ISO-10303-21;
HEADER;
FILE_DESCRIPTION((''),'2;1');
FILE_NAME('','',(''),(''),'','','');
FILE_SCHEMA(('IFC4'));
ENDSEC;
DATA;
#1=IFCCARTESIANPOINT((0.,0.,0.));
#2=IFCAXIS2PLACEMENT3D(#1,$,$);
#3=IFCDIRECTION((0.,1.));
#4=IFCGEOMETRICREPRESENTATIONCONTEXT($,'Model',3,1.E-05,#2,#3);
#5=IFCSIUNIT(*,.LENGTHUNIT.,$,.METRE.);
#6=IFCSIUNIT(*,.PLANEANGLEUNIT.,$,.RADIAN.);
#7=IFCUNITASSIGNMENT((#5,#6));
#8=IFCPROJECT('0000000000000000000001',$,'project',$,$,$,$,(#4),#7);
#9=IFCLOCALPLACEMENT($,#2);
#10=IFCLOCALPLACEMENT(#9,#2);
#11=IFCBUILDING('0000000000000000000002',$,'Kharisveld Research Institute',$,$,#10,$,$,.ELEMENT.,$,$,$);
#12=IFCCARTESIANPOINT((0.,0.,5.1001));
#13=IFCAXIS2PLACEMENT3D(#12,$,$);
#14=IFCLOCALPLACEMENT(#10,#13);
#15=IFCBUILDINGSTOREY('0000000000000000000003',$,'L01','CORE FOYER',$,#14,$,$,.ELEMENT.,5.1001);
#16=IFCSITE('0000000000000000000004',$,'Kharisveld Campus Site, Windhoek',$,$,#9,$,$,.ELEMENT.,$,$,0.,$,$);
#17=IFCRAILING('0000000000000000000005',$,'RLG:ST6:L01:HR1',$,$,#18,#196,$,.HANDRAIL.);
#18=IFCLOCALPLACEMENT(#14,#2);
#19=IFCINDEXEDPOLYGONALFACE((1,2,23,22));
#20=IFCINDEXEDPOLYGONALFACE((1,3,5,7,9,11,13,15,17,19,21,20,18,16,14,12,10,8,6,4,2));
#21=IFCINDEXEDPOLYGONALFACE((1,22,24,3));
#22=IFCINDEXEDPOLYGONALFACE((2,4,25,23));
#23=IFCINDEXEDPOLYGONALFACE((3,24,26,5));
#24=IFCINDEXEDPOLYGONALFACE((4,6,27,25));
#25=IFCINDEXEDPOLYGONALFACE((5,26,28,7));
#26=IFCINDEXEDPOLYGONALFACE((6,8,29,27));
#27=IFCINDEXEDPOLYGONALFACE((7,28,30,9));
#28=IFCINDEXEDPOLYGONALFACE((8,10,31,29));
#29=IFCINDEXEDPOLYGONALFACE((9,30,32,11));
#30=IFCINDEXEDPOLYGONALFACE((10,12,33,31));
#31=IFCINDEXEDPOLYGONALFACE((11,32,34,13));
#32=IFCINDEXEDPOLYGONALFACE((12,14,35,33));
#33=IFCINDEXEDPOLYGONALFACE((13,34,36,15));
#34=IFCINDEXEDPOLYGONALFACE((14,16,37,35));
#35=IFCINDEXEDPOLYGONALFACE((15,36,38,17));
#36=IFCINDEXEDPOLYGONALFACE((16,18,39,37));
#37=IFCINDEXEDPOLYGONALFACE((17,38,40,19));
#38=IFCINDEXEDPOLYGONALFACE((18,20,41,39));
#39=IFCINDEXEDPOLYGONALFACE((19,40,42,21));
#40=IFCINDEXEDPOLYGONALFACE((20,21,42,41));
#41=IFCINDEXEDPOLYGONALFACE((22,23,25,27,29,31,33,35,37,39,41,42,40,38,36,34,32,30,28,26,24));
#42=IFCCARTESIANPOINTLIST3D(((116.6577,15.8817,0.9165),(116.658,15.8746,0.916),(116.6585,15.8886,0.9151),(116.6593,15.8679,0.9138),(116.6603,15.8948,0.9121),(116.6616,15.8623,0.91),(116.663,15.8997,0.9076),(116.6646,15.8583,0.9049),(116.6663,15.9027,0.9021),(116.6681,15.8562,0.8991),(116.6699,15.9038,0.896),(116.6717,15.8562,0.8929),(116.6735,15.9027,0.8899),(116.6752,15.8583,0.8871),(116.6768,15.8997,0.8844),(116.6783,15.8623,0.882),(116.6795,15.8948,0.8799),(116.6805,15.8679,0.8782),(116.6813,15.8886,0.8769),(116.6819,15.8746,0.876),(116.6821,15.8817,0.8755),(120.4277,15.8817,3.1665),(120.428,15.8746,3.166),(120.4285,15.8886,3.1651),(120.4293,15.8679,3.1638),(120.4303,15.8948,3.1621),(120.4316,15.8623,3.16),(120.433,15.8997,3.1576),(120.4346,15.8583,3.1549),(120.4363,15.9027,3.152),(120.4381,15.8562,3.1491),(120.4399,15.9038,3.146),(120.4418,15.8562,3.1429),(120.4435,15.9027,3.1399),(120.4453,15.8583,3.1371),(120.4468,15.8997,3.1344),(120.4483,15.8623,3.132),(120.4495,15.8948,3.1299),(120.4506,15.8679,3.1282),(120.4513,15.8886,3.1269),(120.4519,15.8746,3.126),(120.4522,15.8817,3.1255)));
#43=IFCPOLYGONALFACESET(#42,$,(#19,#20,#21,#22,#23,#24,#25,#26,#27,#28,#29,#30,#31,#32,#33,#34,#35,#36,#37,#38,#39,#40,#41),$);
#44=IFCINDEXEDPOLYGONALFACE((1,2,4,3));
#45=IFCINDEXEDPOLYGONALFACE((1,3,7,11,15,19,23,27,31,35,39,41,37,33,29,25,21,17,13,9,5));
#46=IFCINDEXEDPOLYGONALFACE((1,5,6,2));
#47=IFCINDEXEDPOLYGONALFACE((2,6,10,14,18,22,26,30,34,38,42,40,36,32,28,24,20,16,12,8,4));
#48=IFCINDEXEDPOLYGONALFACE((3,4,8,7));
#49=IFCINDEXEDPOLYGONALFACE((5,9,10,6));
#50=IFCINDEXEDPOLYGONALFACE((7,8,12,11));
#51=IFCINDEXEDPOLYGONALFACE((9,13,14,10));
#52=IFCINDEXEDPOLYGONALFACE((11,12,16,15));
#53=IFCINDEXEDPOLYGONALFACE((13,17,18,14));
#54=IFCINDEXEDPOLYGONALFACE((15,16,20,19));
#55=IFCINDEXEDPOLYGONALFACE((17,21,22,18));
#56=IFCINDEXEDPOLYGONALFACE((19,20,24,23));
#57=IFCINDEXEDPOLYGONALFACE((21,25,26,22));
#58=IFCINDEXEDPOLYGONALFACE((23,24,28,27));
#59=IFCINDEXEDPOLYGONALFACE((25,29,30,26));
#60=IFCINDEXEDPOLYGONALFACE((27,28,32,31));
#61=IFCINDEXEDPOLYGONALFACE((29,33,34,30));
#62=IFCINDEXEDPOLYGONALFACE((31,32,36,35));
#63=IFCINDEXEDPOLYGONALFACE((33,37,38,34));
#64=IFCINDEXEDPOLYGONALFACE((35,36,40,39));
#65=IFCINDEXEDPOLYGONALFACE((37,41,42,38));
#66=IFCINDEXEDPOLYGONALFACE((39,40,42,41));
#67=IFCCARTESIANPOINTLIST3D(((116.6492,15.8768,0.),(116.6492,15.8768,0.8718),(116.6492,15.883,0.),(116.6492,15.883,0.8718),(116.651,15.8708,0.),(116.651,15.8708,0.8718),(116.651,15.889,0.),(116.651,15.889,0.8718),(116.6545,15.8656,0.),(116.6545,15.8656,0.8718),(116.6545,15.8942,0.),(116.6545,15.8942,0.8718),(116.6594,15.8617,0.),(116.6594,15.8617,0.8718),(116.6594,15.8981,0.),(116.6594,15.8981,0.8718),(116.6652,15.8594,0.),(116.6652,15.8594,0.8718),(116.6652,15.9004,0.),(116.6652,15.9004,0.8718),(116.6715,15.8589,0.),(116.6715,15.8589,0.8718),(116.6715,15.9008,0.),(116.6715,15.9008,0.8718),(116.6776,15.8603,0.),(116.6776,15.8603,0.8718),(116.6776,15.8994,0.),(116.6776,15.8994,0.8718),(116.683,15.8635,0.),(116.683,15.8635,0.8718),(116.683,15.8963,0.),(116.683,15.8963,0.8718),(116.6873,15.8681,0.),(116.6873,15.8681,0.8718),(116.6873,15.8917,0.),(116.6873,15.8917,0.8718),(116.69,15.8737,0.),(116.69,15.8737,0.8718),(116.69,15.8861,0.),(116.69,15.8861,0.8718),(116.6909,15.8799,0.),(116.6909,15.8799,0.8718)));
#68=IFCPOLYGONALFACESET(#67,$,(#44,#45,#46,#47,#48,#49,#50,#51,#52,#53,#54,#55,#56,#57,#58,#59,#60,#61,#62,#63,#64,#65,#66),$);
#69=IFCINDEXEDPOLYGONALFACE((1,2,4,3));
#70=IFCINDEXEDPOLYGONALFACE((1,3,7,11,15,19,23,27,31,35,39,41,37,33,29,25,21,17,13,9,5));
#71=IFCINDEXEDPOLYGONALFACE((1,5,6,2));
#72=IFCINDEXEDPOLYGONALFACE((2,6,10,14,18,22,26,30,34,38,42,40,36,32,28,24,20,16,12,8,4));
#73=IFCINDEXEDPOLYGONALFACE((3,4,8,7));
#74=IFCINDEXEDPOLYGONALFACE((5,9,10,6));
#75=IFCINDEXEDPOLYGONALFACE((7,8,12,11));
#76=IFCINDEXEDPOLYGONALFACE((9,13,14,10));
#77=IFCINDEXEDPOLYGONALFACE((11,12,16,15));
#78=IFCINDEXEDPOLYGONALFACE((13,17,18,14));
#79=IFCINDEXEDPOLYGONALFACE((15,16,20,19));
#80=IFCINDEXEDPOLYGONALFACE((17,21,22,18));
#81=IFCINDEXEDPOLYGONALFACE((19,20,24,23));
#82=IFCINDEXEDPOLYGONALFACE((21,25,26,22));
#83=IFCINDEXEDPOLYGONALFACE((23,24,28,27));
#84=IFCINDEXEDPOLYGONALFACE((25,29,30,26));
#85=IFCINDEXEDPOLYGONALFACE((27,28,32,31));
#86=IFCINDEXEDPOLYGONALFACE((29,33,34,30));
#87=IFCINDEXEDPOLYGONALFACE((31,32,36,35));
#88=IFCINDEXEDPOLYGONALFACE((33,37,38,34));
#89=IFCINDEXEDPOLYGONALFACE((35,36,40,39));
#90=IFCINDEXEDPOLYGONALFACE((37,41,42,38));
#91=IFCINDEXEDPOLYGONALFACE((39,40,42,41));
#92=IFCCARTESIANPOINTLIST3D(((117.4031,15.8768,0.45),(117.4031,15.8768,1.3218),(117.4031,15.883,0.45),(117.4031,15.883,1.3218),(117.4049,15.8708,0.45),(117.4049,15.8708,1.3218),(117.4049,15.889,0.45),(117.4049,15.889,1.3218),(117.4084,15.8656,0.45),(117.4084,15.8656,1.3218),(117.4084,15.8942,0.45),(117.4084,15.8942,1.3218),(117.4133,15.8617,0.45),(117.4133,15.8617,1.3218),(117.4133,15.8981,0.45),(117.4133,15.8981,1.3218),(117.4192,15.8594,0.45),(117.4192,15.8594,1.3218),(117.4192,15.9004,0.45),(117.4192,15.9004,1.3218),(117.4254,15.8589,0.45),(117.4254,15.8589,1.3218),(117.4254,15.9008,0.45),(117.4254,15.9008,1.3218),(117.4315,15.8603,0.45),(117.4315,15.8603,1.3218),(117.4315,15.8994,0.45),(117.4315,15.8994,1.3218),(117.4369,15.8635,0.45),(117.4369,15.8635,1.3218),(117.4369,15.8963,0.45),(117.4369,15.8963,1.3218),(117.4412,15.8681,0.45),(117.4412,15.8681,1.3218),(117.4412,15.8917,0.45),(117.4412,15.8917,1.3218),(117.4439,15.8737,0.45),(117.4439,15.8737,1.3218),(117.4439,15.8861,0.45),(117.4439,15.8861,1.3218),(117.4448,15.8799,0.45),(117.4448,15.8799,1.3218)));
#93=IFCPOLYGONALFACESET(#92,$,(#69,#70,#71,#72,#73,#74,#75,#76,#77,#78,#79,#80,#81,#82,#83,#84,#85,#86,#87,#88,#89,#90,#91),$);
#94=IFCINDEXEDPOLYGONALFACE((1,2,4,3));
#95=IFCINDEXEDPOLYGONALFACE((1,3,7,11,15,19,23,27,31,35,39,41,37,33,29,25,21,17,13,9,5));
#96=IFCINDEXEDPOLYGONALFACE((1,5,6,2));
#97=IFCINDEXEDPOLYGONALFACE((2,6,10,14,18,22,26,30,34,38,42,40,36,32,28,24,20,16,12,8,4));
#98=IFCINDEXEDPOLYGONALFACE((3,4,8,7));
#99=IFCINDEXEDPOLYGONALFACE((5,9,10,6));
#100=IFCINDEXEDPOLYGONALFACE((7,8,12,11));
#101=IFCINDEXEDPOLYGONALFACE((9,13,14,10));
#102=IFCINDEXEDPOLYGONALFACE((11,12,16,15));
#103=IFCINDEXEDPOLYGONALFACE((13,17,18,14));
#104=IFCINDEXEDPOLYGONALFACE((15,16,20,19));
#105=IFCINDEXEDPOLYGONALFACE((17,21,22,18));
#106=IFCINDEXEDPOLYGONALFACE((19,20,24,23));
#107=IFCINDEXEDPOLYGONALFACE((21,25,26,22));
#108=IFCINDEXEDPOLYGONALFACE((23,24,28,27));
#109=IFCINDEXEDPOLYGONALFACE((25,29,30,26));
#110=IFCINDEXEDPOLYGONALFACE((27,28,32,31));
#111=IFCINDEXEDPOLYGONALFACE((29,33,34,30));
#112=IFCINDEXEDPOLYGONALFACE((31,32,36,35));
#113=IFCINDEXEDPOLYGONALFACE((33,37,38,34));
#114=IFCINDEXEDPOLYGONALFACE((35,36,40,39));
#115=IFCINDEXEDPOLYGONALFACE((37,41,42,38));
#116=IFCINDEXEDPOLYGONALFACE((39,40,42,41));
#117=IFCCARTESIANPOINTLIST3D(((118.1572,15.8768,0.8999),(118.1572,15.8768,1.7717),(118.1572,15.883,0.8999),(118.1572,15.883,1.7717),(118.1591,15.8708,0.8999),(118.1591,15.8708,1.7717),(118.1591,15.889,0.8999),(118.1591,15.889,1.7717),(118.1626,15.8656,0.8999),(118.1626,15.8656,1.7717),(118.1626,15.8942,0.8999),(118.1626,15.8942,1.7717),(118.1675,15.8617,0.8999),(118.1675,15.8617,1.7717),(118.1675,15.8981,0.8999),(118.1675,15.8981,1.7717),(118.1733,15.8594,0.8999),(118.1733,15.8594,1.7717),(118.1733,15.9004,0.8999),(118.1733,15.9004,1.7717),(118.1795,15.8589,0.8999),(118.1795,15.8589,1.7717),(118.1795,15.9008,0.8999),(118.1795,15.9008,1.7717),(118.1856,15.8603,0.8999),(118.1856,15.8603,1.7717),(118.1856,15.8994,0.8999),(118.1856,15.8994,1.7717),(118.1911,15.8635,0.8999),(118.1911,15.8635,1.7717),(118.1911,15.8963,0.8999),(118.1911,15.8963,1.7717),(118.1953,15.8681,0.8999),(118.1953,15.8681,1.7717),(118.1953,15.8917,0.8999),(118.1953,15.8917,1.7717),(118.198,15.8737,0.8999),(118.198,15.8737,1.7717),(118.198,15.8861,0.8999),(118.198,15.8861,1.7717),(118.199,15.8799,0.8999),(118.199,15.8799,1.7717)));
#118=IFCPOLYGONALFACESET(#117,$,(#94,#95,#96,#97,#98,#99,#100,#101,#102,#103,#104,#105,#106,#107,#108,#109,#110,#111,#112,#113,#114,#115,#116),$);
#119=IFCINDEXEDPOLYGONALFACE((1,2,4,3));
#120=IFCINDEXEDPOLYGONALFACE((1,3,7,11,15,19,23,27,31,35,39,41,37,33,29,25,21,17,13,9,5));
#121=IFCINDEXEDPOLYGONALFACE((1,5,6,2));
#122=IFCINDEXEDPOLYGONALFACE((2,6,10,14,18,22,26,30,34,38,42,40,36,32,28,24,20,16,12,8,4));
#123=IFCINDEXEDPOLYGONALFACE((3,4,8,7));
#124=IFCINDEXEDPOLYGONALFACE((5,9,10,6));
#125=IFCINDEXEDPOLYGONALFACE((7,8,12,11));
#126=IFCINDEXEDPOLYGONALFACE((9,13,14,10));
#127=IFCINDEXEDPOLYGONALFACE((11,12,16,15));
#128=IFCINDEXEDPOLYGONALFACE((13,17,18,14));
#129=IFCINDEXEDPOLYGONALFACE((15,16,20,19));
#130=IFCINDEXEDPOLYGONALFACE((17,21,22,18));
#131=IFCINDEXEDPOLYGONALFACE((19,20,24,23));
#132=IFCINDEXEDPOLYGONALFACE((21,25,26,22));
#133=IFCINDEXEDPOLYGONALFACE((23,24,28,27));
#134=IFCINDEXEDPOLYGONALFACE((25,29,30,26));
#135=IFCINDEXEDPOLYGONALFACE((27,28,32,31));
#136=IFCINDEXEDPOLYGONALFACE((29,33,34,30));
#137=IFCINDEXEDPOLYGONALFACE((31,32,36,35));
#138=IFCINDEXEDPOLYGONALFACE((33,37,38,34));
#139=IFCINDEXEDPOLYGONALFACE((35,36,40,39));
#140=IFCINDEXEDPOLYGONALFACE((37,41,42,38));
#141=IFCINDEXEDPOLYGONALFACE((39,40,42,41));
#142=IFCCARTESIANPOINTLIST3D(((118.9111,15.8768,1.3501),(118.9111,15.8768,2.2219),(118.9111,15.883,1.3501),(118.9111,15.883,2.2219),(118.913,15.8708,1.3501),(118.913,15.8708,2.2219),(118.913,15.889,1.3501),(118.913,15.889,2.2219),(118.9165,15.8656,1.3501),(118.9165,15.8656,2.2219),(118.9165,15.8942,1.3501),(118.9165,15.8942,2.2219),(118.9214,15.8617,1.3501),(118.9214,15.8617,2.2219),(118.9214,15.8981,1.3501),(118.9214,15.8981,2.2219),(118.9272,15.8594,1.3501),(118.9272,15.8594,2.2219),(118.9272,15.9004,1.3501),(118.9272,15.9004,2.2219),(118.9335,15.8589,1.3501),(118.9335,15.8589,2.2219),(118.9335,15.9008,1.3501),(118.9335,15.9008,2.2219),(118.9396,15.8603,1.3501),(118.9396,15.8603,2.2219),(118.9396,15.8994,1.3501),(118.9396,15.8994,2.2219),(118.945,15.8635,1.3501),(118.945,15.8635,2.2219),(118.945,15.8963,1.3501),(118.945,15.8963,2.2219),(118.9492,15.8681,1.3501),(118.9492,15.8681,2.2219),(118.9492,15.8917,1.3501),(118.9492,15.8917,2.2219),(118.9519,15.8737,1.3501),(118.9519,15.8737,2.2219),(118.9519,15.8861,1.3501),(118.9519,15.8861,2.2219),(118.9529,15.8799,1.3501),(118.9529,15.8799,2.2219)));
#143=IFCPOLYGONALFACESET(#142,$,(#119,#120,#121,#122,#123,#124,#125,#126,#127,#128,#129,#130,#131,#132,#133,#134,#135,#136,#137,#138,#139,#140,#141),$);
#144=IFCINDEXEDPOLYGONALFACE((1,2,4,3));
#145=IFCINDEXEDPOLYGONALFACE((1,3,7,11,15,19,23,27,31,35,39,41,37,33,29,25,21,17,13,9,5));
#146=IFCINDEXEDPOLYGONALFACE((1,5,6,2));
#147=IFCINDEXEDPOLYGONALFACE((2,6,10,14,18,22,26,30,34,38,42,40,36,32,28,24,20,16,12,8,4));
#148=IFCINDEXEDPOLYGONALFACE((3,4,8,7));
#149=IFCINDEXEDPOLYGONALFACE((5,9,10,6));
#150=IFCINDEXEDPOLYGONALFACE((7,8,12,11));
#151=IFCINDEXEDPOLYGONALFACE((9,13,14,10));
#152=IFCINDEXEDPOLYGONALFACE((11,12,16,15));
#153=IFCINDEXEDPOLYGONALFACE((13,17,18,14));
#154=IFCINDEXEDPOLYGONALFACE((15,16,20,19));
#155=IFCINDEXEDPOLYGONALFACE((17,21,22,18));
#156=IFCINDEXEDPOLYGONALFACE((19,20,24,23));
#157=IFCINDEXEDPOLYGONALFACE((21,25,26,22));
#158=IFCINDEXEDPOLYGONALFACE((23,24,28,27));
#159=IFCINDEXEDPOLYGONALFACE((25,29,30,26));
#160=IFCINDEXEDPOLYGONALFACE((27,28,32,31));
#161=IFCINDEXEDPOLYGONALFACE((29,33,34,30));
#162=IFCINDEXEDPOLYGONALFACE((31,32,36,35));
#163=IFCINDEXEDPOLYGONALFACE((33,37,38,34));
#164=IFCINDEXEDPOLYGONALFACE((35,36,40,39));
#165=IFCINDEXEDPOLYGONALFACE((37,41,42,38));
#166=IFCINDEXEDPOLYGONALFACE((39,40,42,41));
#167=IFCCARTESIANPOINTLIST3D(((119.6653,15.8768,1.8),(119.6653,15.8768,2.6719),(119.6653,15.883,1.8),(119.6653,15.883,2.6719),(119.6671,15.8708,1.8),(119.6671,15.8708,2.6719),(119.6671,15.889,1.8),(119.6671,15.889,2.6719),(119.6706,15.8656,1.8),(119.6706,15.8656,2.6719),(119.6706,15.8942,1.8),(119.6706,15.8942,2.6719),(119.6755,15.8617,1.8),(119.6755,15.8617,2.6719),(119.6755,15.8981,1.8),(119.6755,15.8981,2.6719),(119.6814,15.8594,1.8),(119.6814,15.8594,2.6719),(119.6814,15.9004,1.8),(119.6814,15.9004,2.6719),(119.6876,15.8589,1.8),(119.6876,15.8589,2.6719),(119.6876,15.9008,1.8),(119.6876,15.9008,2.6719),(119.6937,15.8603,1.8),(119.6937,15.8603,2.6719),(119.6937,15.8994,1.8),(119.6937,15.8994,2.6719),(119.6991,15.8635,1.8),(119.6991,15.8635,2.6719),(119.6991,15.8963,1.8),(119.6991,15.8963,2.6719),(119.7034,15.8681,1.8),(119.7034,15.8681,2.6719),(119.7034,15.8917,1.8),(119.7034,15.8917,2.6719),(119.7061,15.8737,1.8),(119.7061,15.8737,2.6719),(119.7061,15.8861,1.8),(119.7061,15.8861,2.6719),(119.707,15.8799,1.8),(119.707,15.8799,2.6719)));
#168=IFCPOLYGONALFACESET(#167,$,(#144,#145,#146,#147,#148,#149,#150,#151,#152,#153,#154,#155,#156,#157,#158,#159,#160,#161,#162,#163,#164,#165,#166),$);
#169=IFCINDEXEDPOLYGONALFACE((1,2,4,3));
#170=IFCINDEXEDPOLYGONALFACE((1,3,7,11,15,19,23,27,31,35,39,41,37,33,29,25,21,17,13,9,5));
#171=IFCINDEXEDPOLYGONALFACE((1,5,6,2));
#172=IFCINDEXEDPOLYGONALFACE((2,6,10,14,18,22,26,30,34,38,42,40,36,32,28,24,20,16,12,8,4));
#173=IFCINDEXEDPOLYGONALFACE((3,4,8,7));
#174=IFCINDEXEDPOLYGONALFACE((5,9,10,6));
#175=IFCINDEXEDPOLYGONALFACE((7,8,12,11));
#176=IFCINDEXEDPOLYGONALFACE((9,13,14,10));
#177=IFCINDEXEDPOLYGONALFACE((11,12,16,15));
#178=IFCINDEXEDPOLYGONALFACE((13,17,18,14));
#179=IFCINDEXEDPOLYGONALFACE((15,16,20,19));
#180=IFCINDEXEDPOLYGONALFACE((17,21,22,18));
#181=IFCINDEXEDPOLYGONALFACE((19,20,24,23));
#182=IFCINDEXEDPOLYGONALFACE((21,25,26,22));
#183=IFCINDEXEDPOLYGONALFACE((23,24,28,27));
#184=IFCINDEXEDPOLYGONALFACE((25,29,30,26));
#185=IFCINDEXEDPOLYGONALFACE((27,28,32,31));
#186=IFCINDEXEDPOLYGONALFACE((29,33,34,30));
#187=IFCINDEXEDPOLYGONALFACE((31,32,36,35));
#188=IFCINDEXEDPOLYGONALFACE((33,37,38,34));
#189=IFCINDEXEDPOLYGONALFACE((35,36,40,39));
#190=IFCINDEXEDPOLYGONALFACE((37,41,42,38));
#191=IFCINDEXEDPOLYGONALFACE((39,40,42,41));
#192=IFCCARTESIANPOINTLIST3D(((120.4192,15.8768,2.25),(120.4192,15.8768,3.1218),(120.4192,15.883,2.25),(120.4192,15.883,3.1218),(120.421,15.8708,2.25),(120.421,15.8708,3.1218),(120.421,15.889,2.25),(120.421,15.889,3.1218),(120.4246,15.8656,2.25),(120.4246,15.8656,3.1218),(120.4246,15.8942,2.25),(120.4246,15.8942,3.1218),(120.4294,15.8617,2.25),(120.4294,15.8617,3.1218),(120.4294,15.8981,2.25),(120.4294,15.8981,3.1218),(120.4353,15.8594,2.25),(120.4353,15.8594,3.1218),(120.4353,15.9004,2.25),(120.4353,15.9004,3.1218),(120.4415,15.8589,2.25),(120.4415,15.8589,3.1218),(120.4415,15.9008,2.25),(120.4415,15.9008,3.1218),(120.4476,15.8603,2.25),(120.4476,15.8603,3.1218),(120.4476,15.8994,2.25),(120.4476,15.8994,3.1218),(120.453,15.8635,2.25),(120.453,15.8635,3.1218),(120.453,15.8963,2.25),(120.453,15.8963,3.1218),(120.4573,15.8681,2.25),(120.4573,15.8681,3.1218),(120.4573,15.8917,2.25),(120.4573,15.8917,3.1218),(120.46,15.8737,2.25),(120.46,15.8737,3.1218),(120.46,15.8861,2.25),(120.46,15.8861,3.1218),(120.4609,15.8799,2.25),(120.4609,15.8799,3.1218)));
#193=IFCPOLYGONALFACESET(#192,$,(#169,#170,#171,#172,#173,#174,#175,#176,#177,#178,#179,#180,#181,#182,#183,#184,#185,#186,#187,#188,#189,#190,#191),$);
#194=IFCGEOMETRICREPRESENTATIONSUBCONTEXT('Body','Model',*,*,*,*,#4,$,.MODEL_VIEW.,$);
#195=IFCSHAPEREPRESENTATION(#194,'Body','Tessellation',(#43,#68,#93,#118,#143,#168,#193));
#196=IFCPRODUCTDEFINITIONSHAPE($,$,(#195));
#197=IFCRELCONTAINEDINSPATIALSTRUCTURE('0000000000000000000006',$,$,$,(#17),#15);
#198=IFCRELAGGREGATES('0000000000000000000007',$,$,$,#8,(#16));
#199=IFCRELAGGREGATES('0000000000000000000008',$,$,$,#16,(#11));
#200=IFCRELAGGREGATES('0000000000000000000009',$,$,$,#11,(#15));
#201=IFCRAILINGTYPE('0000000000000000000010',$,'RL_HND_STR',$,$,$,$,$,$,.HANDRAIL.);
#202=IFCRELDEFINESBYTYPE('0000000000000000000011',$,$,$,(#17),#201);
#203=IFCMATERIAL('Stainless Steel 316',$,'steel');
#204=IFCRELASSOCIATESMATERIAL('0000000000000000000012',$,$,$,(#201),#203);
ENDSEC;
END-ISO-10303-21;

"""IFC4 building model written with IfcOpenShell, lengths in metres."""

from ifc_helpers import new_model, si_unit, direction, frame, origin, origin_2d, place, context, subcontext, project, spatial, circle, extrude, material, type_object, element, save


model = new_model("IFC4")

# Units and contexts
model_context = context("Model", 3, precision=1e-05, world=origin(), true_north=direction((0.0, 1.0)))
body_context = subcontext(model_context, "Body", "Model", "MODEL_VIEW")
ifc_project = project(units=[si_unit("LENGTHUNIT", "METRE"), si_unit("PLANEANGLEUNIT", "RADIAN")], contexts=[model_context])

# Site, building, storey
site_placement = place(None, origin())
site = spatial("IfcSite", under=ifc_project, at=site_placement, Name="Kharisveld Campus Site, Windhoek", CompositionType="ELEMENT", RefElevation=0.0)
building_placement = place(site_placement, origin())
building = spatial("IfcBuilding", under=site, at=building_placement, Name="Kharisveld Research Institute", CompositionType="ELEMENT")
storey_placement = place(building_placement, frame((0.0, 0.0, 5.1001)))
storey = spatial("IfcBuildingStorey", under=building, at=storey_placement, Name="L01", Description="CORE FOYER", CompositionType="ELEMENT", Elevation=5.1001)

# Railing
ifc_material_1 = material(Name="Stainless Steel 316", Category="steel")
railing_type_1 = type_object("IfcRailingType", Name="RL_HND_STR", PredefinedType="HANDRAIL", material=ifc_material_1)
railing_1_placement = place(storey_placement, frame((116.6699, 15.8799, 0.0)))
element("IfcRailing", 1, at=railing_1_placement, inside=storey, type_object=railing_type_1, Name="RLG:ST6:L01:HR1", PredefinedType="HANDRAIL", context=body_context, shape_type="SweptSolid", body=[
    extrude(circle(Radius=0.0239, at=origin_2d()), frame((0.0, 0.0, 0.896), z_axis=(0.858698, 0.0, 0.512483), x_axis=(0.0, 1.0, 0.0)), (0.0, 0.0, 1.0), 4.3904),
    extrude(circle(Radius=0.021, at=origin_2d()), origin(), (0.0, 0.0, 1.0), 0.8718),
    extrude(circle(Radius=0.021, at=origin_2d()), frame((0.7539, 0.0, 0.45)), (0.0, 0.0, 1.0), 0.8718),
    extrude(circle(Radius=0.021, at=origin_2d()), frame((1.5081, 0.0, 0.8999)), (0.0, 0.0, 1.0), 0.8718),
    extrude(circle(Radius=0.021, at=origin_2d()), frame((2.262, 0.0, 1.3501)), (0.0, 0.0, 1.0), 0.8718),
    extrude(circle(Radius=0.021, at=origin_2d()), frame((3.0161, 0.0, 1.8)), (0.0, 0.0, 1.0), 0.8718),
    extrude(circle(Radius=0.021, at=origin_2d()), frame((3.77, 0.0, 2.25)), (0.0, 0.0, 1.0), 0.8718),
])

save(model, "model.ifc")
